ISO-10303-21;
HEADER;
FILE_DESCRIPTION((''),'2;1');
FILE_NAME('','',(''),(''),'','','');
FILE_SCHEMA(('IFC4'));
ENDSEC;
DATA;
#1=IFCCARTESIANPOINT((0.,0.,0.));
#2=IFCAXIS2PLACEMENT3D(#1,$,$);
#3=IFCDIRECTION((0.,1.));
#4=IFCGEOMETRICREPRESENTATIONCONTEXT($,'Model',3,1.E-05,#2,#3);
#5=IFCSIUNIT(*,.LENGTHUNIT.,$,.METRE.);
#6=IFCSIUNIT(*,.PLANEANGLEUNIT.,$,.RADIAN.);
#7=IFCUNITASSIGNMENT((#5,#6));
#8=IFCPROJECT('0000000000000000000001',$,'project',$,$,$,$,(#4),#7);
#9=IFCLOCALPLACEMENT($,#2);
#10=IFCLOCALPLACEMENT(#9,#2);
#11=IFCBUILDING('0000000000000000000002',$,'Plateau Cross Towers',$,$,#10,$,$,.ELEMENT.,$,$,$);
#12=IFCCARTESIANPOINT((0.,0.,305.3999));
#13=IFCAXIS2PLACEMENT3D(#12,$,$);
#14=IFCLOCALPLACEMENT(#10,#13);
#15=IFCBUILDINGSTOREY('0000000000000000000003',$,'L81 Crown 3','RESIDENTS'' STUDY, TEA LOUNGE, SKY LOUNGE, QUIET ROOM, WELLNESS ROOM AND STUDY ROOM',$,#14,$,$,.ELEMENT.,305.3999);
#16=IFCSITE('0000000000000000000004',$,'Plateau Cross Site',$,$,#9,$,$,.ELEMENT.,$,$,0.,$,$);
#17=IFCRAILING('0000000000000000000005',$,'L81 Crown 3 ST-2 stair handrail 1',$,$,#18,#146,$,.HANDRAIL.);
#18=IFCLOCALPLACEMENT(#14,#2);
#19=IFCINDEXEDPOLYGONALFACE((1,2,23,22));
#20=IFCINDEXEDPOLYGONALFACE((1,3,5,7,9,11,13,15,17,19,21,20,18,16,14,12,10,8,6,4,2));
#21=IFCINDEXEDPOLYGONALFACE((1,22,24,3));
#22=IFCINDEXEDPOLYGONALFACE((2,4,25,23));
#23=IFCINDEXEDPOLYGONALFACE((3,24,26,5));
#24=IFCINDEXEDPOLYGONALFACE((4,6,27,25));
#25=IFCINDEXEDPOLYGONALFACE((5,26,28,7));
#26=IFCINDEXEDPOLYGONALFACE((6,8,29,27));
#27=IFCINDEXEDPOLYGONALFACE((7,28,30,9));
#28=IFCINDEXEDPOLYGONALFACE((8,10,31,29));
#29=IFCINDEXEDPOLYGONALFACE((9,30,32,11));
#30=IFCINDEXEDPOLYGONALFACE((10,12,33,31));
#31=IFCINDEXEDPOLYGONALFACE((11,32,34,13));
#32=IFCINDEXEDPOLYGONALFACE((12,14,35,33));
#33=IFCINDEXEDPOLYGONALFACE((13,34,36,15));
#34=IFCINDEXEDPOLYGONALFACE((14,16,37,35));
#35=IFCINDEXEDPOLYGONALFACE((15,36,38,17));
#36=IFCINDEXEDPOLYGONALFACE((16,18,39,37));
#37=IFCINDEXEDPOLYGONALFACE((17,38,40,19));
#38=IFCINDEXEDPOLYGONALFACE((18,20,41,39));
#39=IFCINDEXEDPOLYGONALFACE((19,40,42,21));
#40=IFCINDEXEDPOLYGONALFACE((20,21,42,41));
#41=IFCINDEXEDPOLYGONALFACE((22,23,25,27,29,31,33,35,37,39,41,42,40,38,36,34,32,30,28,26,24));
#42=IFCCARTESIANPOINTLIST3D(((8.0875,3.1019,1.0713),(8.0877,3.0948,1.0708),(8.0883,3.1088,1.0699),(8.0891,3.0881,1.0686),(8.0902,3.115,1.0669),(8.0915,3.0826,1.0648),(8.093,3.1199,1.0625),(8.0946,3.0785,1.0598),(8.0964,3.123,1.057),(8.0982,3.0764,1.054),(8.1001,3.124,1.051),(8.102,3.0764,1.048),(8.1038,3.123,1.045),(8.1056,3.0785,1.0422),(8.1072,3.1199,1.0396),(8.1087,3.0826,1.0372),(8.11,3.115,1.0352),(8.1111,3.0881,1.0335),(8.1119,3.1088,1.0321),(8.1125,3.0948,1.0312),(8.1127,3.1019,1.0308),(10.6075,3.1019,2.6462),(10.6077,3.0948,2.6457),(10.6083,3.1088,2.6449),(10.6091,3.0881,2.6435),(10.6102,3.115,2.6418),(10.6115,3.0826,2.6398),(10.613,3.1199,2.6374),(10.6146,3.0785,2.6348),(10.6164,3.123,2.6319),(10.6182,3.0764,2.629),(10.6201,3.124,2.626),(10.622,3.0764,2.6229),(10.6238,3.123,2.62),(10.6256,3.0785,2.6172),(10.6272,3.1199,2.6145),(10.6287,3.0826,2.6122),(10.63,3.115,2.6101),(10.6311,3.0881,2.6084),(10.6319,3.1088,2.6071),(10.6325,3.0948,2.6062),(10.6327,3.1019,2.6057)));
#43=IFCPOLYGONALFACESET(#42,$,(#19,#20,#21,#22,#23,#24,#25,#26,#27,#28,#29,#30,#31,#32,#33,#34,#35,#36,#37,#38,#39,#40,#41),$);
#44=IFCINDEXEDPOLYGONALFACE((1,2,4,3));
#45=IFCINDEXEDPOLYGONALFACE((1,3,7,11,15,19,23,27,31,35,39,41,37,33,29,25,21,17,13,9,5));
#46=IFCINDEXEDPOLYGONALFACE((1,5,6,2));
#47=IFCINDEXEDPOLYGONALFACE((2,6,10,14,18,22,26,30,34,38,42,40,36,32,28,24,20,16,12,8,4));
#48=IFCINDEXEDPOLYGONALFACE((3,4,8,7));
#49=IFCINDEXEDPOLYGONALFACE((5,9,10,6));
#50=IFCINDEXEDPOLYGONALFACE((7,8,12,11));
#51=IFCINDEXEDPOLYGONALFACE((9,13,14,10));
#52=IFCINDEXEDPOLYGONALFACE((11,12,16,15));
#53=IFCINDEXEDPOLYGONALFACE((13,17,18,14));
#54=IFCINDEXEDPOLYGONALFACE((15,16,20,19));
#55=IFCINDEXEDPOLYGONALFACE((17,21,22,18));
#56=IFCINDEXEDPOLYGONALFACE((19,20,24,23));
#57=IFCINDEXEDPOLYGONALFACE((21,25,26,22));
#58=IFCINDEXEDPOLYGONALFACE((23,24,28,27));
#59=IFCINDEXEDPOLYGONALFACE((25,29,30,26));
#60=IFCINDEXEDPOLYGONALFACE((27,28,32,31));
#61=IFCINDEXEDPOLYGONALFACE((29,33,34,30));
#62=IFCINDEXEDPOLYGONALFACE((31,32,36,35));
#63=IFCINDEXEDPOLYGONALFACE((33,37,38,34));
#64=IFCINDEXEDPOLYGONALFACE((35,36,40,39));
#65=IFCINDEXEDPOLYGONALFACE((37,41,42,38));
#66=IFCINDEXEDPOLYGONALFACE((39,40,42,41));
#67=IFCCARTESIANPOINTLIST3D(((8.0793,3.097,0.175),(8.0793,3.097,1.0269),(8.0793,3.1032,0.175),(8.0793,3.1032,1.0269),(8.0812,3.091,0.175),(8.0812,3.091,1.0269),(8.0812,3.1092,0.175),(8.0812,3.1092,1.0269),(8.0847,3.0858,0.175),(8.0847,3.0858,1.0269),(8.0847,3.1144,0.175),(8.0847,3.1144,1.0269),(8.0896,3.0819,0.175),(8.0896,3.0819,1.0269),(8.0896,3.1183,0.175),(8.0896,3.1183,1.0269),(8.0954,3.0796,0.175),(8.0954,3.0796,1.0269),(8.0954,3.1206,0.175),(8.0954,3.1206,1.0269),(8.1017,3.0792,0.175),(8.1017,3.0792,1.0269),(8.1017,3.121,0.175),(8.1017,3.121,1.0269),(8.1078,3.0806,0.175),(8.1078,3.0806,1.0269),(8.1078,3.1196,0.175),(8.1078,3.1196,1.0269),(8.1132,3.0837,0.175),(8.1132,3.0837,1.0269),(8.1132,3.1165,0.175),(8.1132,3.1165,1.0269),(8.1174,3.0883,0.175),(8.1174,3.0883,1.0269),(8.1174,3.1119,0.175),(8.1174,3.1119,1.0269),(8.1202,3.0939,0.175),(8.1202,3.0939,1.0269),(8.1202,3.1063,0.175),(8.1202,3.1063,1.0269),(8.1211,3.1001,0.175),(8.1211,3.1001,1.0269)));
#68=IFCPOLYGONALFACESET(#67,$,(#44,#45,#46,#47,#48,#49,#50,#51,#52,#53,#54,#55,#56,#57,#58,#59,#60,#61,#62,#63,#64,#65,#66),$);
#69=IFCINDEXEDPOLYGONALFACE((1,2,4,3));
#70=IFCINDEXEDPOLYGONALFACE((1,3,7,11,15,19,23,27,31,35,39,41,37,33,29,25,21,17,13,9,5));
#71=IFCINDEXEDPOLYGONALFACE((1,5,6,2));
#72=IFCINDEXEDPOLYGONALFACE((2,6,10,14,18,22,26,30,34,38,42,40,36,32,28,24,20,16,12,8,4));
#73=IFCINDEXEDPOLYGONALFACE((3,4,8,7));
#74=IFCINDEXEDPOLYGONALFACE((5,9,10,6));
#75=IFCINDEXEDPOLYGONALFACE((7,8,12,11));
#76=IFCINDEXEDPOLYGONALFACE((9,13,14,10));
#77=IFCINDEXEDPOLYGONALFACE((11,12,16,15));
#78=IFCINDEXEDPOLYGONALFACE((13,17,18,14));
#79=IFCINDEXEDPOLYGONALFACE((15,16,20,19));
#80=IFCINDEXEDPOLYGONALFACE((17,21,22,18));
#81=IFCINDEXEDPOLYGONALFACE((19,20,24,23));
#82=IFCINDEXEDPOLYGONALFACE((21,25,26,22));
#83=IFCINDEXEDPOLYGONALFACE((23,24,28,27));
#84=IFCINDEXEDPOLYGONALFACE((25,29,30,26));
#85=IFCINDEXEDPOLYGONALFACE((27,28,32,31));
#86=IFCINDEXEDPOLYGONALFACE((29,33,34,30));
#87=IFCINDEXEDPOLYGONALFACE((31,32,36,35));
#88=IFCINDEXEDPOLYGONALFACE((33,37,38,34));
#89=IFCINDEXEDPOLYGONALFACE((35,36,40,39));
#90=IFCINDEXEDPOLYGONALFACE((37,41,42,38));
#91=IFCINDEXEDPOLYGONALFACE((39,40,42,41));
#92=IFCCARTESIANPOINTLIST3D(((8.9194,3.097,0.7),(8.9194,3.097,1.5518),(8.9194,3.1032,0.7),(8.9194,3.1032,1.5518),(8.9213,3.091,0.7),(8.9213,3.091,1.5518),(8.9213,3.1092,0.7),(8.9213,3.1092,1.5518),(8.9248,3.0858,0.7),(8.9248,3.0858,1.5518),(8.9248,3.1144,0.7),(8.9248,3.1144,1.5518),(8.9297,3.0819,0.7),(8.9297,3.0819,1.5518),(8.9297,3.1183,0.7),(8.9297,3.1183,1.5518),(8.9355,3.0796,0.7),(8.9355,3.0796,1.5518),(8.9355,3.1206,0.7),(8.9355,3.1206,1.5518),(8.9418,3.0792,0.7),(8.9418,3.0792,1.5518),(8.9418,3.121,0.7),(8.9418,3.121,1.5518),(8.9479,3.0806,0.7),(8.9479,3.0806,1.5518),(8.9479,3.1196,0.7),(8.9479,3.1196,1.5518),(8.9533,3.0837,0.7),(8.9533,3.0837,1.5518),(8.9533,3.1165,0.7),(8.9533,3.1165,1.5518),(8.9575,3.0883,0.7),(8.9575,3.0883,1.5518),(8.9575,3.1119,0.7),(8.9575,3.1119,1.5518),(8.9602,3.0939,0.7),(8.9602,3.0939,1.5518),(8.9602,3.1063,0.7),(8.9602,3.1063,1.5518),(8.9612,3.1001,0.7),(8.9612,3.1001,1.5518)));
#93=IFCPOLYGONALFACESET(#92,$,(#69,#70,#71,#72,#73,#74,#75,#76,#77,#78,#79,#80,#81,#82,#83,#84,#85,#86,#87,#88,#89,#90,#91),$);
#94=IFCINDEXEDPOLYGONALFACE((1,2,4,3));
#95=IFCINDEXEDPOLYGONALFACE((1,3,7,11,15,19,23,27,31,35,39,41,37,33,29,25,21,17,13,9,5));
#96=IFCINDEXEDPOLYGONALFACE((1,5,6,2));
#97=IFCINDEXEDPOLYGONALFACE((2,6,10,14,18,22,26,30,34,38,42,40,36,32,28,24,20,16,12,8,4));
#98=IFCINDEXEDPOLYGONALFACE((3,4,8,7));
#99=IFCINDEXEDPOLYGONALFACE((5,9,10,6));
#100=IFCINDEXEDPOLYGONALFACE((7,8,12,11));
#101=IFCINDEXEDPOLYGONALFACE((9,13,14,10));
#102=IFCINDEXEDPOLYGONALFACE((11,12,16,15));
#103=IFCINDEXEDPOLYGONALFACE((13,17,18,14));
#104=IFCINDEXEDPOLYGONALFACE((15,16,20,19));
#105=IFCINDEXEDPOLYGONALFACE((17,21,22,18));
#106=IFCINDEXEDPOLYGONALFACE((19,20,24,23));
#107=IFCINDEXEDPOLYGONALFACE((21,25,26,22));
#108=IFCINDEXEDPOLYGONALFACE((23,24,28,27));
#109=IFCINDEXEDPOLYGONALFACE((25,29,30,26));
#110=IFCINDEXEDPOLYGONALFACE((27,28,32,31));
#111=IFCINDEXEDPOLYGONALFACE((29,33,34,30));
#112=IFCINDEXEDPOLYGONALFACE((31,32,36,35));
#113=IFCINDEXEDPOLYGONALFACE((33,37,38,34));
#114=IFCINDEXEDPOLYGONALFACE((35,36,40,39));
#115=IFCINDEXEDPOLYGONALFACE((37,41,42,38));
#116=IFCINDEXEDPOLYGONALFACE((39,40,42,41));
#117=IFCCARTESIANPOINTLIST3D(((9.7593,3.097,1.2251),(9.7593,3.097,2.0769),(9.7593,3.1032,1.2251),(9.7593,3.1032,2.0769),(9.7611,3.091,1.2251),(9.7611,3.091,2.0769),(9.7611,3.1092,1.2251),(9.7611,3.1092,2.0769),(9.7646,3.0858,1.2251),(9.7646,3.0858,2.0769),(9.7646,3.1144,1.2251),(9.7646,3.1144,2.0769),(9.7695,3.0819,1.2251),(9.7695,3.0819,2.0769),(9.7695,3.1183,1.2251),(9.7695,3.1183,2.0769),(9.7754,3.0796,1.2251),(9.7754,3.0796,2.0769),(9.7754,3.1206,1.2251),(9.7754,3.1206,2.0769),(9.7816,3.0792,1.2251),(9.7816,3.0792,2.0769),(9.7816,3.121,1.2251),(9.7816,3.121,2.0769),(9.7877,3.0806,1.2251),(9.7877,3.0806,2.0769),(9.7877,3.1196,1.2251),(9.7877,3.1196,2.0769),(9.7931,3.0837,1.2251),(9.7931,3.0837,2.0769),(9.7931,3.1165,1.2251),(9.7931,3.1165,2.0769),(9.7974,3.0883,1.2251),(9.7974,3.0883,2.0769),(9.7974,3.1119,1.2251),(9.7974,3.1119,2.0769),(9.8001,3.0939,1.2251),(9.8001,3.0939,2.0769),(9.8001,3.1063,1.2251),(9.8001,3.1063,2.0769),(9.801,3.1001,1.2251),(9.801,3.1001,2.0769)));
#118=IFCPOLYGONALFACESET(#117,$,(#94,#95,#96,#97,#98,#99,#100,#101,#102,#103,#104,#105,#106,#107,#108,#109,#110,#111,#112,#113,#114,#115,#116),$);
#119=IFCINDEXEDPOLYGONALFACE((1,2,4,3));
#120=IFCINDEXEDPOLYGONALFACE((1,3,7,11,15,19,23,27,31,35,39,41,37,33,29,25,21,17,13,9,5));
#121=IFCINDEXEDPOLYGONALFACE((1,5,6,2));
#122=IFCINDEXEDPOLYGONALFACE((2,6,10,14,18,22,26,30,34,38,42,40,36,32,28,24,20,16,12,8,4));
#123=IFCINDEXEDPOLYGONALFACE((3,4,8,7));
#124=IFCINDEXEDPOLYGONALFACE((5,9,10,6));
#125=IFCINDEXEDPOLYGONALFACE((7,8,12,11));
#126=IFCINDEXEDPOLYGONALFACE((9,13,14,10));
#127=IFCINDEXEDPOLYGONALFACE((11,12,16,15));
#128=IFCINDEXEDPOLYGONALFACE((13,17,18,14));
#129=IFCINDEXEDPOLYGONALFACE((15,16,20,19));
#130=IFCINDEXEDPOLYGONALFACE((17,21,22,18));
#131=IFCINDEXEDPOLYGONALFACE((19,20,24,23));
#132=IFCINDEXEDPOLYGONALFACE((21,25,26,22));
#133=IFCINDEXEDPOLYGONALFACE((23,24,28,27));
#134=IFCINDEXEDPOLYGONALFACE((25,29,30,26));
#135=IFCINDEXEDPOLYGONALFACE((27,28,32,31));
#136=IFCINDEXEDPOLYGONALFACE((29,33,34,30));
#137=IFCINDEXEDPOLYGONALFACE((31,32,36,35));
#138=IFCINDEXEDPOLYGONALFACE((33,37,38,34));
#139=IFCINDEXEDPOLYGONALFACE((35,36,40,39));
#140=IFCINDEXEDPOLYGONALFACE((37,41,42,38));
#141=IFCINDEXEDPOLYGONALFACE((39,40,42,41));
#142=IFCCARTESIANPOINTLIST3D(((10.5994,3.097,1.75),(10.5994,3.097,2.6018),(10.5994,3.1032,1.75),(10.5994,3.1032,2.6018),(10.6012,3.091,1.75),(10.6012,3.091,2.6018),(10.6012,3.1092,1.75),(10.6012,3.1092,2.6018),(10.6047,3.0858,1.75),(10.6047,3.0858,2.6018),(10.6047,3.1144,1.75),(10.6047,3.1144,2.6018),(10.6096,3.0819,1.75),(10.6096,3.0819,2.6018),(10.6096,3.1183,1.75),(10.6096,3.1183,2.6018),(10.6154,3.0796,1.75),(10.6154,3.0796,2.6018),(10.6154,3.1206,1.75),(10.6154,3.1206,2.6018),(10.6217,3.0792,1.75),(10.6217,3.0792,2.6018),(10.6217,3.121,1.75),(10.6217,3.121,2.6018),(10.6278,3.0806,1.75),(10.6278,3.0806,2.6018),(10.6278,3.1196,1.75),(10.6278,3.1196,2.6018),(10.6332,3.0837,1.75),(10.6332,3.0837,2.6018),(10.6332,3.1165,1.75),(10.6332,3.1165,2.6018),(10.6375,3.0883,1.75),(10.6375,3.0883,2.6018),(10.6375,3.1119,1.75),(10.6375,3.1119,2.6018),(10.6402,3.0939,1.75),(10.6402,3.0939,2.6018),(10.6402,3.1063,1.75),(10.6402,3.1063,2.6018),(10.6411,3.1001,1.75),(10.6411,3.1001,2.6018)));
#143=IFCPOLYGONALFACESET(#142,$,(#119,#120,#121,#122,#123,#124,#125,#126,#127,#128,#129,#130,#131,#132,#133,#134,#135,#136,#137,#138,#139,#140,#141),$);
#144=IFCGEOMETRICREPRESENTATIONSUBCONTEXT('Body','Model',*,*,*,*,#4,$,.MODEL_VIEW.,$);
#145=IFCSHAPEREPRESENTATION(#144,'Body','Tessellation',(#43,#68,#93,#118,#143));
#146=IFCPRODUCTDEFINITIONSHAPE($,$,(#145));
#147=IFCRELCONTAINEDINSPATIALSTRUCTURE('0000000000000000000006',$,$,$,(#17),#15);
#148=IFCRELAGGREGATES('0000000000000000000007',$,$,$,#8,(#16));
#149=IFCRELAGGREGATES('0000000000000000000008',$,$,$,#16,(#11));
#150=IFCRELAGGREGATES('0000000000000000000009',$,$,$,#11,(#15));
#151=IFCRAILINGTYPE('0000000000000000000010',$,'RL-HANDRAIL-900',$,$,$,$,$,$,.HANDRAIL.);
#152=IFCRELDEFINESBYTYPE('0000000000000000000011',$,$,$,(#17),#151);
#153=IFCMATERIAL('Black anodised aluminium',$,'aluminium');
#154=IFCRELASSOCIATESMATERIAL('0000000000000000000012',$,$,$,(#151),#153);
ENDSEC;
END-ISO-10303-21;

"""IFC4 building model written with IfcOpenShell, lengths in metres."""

from ifc_helpers import new_model, si_unit, direction, frame, origin, origin_2d, place, context, subcontext, project, spatial, circle, extrude, material, type_object, element, save


model = new_model("IFC4")

# Units and contexts
model_context = context("Model", 3, precision=1e-05, world=origin(), true_north=direction((0.0, 1.0)))
body_context = subcontext(model_context, "Body", "Model", "MODEL_VIEW")
ifc_project = project(units=[si_unit("LENGTHUNIT", "METRE"), si_unit("PLANEANGLEUNIT", "RADIAN")], contexts=[model_context])

# Site, building, storey
site_placement = place(None, origin())
site = spatial("IfcSite", under=ifc_project, at=site_placement, Name="Plateau Cross Site", CompositionType="ELEMENT", RefElevation=0.0)
building_placement = place(site_placement, origin())
building = spatial("IfcBuilding", under=site, at=building_placement, Name="Plateau Cross Towers", CompositionType="ELEMENT")
storey_placement = place(building_placement, frame((0.0, 0.0, 305.3999)))
storey = spatial("IfcBuildingStorey", under=building, at=storey_placement, Name="L81 Crown 3", Description="RESIDENTS' STUDY, TEA LOUNGE, SKY LOUNGE, QUIET ROOM, WELLNESS ROOM AND STUDY ROOM", CompositionType="ELEMENT", Elevation=305.3999)

# Shared definitions
ifc_material_1 = material(Name="Black anodised aluminium", Category="aluminium")

# Railing
railing_type_1 = type_object("IfcRailingType", Name="RL-HANDRAIL-900", PredefinedType="HANDRAIL", material=ifc_material_1)
railing_1_placement = place(storey_placement, frame((8.1001, 3.1001, 0.175)))
element("IfcRailing", 1, at=railing_1_placement, inside=storey, type_object=railing_type_1, Name="L81 Crown 3 ST-2 stair handrail 1", PredefinedType="HANDRAIL", context=body_context, shape_type="SweptSolid", body=[
    extrude(circle(Radius=0.0239, at=origin_2d()), frame((0.0, 0.0, 0.876), z_axis=(0.848008, 0.0, 0.529984), x_axis=(0.0, 1.0, 0.0)), (0.0, 0.0, 1.0), 2.9717),
    extrude(circle(Radius=0.021, at=origin_2d()), origin(), (0.0, 0.0, 1.0), 0.8518),
    extrude(circle(Radius=0.021, at=origin_2d()), frame((0.8401, 0.0, 0.5249)), (0.0, 0.0, 1.0), 0.8518),
    extrude(circle(Radius=0.021, at=origin_2d()), frame((1.6799, 0.0, 1.05)), (0.0, 0.0, 1.0), 0.8518),
    extrude(circle(Radius=0.021, at=origin_2d()), frame((2.52, 0.0, 1.575)), (0.0, 0.0, 1.0), 0.8518),
])

save(model, "model.ifc")
